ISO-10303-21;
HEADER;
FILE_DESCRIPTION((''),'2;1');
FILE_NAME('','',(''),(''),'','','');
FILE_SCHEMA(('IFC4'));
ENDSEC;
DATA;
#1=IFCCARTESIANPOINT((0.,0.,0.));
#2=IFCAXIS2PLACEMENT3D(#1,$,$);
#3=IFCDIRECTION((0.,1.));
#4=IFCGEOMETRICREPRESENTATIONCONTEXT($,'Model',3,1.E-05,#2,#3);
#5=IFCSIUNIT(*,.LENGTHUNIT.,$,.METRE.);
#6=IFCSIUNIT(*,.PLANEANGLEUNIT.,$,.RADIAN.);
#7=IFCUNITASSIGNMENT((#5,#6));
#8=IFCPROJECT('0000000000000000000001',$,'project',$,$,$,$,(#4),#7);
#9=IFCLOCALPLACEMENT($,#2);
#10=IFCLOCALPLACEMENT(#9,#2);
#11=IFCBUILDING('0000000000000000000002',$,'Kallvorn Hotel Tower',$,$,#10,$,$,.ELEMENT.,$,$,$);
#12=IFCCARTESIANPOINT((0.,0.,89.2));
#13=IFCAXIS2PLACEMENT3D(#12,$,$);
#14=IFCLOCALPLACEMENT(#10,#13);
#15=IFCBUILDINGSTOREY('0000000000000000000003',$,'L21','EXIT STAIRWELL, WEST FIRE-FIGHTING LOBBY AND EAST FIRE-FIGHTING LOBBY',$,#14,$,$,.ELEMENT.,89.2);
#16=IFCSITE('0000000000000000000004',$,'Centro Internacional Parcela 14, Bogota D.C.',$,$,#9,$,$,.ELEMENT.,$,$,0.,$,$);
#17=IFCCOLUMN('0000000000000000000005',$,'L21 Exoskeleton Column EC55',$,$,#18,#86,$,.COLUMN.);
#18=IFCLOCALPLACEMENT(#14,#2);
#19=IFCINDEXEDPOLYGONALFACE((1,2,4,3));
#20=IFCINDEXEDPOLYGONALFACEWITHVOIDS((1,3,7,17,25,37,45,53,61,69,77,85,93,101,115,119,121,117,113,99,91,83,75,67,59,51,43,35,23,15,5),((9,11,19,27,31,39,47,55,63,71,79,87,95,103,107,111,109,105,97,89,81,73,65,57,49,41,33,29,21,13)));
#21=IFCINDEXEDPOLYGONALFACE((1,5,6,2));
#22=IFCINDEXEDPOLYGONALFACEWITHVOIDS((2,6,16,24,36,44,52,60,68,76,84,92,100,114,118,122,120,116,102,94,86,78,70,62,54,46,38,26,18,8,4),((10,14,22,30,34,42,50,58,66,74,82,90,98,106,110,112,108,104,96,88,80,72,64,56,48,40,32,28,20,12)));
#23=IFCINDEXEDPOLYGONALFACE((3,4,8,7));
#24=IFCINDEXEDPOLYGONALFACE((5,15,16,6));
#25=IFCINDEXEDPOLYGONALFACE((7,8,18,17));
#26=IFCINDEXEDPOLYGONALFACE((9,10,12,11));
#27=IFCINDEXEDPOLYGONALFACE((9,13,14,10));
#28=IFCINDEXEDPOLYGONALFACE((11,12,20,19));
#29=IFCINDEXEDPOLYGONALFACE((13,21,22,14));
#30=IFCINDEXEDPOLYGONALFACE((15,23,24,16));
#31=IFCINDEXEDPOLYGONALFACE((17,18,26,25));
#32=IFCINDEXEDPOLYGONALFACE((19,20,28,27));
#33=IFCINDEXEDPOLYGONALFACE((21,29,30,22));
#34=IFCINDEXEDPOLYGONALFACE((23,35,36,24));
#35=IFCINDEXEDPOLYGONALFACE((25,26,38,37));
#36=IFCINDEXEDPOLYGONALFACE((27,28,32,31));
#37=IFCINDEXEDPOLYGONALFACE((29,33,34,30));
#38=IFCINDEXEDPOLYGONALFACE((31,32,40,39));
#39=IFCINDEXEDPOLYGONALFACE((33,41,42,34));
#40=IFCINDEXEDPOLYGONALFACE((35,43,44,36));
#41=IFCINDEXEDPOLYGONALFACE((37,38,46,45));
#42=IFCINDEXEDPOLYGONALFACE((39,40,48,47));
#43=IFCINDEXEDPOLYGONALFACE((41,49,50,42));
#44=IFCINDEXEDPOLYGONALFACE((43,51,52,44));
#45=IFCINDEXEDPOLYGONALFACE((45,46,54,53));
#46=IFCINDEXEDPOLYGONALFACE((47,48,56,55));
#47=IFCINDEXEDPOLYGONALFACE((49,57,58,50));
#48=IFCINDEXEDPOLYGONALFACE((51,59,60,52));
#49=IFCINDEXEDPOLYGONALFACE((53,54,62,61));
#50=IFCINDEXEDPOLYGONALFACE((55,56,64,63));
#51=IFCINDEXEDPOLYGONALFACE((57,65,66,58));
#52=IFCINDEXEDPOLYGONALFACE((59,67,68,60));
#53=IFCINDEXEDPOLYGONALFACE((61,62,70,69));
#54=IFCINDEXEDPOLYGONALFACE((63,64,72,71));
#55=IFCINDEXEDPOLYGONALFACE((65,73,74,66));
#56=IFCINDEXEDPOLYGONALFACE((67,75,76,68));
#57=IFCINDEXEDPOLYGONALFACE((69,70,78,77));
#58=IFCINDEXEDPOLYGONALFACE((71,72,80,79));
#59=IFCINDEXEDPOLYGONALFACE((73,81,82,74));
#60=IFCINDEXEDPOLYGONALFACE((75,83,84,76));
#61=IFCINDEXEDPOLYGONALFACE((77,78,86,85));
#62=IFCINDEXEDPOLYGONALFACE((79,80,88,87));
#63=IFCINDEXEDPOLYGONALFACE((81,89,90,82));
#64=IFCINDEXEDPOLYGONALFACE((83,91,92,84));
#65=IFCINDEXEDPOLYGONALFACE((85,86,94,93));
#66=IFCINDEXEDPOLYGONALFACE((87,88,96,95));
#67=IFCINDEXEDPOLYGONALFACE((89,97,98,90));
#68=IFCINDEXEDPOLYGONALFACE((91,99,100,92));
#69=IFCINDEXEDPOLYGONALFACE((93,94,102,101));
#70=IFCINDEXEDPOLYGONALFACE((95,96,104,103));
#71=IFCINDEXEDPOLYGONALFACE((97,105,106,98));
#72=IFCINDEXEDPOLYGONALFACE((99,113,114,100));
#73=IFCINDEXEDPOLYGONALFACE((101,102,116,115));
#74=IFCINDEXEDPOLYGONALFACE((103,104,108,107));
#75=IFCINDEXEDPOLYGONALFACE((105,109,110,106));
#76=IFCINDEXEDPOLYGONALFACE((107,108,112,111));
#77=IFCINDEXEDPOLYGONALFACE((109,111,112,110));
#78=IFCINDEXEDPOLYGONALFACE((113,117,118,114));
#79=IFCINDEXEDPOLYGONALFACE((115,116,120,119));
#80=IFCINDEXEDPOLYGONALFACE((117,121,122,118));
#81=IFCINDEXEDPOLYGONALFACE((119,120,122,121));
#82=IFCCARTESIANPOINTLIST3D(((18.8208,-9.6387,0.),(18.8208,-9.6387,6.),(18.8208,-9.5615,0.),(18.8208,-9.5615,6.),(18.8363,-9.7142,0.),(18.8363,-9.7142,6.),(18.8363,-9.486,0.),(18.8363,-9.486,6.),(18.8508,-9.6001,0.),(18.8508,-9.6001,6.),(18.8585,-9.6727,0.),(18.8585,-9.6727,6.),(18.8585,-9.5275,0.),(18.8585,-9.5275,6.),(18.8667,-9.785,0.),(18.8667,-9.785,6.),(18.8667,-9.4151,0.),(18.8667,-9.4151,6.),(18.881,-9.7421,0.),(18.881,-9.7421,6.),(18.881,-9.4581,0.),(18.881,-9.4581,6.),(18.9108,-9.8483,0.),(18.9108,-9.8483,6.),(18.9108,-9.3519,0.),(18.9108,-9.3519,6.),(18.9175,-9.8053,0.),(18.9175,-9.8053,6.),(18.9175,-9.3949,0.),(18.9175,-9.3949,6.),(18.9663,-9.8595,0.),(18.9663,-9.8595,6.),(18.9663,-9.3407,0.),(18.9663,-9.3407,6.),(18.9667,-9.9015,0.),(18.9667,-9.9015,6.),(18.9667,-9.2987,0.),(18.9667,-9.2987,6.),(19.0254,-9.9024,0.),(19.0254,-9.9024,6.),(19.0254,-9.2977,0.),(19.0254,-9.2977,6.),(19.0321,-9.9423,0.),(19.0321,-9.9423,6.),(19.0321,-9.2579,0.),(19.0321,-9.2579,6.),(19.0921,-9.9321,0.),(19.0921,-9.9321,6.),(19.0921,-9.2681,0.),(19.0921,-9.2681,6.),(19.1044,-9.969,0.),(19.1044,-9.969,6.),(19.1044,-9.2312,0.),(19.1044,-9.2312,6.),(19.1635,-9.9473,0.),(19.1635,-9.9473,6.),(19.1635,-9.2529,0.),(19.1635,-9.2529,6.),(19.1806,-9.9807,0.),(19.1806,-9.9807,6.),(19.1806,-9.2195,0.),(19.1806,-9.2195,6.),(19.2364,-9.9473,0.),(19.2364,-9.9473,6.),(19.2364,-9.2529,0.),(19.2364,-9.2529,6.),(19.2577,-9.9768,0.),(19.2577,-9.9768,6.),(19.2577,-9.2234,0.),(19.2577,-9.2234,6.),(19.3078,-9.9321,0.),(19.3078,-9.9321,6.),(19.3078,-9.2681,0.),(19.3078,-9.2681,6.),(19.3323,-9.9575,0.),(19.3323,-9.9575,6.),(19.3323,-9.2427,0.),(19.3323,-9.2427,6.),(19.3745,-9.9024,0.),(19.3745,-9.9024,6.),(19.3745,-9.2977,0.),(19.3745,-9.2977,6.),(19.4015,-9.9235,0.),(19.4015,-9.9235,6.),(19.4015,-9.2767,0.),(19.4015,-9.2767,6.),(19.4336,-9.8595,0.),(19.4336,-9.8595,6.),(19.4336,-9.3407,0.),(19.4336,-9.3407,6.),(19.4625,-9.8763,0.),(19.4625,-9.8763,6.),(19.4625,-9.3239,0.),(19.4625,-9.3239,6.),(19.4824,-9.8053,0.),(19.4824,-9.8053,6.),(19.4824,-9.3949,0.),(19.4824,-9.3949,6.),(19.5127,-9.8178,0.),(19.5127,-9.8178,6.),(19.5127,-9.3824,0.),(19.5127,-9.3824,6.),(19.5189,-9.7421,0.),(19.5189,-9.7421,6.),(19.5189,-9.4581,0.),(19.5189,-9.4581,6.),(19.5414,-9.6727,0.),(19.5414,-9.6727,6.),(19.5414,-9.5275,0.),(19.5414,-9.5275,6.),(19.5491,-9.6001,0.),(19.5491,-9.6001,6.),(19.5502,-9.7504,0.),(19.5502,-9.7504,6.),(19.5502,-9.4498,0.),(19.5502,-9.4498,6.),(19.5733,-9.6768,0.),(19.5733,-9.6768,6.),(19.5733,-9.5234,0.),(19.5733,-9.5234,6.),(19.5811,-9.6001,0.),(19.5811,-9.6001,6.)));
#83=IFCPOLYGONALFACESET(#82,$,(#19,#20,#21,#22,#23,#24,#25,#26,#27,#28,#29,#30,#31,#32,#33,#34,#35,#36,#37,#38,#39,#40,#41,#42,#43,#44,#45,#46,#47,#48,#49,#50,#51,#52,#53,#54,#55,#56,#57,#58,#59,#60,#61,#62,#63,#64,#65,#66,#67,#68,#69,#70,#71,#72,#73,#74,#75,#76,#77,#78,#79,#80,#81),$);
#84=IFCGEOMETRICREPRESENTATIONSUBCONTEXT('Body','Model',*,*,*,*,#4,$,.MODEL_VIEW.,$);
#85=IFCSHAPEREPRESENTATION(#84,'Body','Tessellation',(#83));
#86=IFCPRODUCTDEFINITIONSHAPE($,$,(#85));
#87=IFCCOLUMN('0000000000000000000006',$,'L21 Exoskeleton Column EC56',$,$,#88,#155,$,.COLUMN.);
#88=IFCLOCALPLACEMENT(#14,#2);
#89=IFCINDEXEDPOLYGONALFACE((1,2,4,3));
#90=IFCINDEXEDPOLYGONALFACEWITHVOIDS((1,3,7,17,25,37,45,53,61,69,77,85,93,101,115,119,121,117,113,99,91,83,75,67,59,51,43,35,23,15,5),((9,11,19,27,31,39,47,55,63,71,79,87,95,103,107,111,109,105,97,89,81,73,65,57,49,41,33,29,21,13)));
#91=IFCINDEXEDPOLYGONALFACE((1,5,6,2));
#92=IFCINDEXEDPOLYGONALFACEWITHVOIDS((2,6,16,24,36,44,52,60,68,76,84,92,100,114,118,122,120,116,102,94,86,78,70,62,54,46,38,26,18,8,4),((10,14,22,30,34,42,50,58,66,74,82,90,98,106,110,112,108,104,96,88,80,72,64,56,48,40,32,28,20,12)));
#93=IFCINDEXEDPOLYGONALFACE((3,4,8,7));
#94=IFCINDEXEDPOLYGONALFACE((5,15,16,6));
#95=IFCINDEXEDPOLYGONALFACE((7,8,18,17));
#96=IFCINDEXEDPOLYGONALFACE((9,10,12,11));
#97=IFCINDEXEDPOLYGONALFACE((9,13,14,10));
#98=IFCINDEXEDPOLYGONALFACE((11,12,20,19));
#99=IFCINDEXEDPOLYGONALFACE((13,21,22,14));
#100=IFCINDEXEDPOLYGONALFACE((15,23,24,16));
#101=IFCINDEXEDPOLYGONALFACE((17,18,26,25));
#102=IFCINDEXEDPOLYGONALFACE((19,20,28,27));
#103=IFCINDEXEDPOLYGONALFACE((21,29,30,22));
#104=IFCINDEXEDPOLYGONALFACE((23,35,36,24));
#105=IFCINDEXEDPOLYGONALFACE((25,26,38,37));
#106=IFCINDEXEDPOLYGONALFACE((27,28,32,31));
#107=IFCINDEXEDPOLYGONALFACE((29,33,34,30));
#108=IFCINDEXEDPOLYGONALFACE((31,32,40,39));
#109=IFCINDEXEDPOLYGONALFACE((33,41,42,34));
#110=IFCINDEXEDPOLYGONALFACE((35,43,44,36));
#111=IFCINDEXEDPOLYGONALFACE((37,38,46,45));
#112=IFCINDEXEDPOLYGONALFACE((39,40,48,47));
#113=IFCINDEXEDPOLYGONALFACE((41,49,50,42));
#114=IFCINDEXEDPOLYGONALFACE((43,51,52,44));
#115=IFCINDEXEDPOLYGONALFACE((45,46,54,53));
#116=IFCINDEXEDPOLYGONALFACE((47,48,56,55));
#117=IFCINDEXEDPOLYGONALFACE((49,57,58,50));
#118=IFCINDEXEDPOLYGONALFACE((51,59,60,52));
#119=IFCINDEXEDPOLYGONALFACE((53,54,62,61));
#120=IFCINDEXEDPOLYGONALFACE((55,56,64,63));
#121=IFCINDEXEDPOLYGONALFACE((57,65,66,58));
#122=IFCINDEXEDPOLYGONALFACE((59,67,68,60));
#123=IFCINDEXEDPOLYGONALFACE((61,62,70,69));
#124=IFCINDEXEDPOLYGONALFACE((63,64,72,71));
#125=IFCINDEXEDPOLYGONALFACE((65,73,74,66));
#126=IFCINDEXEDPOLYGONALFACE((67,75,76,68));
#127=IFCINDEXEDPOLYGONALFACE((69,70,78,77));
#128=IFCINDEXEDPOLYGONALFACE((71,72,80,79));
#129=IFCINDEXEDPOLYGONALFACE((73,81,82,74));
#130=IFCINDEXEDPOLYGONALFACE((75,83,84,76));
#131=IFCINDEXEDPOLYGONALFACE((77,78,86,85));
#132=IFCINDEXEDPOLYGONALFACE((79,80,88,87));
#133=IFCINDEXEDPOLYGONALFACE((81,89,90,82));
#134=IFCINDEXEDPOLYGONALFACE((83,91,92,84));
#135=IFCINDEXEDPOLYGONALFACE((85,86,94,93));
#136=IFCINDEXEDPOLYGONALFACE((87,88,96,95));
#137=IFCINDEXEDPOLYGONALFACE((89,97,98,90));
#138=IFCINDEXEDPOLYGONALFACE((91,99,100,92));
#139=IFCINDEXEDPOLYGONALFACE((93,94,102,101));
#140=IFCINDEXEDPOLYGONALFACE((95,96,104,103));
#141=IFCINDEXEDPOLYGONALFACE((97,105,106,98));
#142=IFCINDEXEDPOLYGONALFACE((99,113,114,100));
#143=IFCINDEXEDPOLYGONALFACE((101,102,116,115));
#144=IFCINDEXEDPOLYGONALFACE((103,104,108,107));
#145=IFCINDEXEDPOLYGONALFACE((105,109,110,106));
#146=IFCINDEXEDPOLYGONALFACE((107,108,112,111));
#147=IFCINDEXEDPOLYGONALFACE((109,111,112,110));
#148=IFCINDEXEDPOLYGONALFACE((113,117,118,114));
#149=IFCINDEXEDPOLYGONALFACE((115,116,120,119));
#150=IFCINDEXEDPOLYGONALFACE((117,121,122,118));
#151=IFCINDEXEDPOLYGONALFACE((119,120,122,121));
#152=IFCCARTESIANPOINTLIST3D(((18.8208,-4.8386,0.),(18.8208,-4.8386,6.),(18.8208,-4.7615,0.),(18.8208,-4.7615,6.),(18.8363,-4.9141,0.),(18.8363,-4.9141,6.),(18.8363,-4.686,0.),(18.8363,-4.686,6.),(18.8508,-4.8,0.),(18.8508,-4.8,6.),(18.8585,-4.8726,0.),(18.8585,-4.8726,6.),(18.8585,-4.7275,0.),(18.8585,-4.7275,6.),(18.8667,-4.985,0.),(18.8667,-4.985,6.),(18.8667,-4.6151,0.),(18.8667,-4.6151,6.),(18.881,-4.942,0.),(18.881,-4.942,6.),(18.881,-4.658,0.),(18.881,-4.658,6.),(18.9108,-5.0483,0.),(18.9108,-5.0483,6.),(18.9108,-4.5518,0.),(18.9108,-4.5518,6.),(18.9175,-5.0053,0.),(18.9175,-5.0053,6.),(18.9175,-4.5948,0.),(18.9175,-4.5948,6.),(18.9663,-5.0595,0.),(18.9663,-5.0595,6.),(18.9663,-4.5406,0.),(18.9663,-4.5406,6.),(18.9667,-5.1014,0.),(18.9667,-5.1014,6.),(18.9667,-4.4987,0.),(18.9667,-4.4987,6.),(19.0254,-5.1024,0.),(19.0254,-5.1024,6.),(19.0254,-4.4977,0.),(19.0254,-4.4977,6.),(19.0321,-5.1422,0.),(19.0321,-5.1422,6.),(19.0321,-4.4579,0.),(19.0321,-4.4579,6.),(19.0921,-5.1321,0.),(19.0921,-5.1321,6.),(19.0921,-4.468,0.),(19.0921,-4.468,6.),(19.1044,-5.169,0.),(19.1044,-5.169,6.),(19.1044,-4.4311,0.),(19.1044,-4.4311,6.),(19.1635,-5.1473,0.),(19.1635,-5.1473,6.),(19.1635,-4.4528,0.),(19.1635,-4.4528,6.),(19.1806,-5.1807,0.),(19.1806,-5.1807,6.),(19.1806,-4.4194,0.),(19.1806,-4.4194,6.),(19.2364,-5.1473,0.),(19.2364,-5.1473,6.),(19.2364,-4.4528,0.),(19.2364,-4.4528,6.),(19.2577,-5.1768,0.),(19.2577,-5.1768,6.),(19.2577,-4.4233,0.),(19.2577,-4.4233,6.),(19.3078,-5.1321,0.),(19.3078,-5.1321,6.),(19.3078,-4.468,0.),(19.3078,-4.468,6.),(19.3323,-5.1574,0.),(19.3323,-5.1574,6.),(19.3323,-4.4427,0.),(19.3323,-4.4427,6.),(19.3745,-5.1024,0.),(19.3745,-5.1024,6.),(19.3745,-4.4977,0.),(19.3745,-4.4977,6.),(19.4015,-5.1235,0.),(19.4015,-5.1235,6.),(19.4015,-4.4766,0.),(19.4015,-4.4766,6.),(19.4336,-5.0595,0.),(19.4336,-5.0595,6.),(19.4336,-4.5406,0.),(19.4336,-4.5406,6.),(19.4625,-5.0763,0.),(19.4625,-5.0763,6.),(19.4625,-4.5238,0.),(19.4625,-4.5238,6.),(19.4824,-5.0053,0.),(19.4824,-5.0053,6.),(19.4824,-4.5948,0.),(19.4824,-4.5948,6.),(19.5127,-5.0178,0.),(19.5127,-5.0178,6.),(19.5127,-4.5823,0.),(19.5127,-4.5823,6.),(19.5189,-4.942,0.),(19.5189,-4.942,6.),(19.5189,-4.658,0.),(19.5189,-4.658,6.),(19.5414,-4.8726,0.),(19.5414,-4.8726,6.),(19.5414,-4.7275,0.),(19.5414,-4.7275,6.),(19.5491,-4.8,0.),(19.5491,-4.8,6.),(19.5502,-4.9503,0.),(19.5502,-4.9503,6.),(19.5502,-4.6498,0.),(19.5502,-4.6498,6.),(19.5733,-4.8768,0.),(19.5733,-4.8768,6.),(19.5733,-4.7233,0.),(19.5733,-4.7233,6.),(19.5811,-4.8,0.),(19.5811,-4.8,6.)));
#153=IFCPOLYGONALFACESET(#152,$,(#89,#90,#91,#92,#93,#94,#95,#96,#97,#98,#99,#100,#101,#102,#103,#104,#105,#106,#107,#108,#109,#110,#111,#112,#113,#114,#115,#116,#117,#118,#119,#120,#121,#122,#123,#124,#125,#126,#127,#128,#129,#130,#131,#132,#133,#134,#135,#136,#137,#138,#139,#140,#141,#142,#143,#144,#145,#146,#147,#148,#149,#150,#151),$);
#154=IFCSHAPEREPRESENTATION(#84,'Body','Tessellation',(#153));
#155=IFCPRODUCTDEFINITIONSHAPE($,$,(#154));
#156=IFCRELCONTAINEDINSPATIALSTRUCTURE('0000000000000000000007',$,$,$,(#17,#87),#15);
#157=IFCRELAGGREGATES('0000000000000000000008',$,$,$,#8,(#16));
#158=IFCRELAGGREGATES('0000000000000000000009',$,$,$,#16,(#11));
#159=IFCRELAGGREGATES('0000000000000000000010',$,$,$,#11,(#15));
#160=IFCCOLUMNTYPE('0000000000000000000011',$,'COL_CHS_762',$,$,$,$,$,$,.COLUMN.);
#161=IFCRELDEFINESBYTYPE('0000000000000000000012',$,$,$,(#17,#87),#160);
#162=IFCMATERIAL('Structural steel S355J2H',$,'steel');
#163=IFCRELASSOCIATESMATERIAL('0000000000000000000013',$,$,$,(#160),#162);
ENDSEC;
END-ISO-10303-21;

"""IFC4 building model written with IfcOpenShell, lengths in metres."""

from ifc_helpers import new_model, si_unit, direction, frame, origin, origin_2d, place, context, subcontext, project, spatial, hollow_circle, extrude, material, material_profile, profile_set, type_object, element, save


model = new_model("IFC4")

# Units and contexts
model_context = context("Model", 3, precision=1e-05, world=origin(), true_north=direction((0.0, 1.0)))
body_context = subcontext(model_context, "Body", "Model", "MODEL_VIEW")
ifc_project = project(units=[si_unit("LENGTHUNIT", "METRE"), si_unit("PLANEANGLEUNIT", "RADIAN")], contexts=[model_context])

# Site, building, storey
site_placement = place(None, origin())
site = spatial("IfcSite", under=ifc_project, at=site_placement, Name="Centro Internacional Parcela 14, Bogota D.C.", CompositionType="ELEMENT", RefElevation=0.0)
building_placement = place(site_placement, origin())
building = spatial("IfcBuilding", under=site, at=building_placement, Name="Kallvorn Hotel Tower", CompositionType="ELEMENT")
storey_placement = place(building_placement, frame((0.0, 0.0, 89.2)))
storey = spatial("IfcBuildingStorey", under=building, at=storey_placement, Name="L21", Description="EXIT STAIRWELL, WEST FIRE-FIGHTING LOBBY AND EAST FIRE-FIGHTING LOBBY", CompositionType="ELEMENT", Elevation=89.2)

# Columns
ifc_material_1 = material(Name="Structural steel S355J2H", Category="steel")
ifc_material_profile_1 = material_profile(ifc_material_1, hollow_circle(Radius=0.3811, WallThickness=0.032, at=origin_2d()), Name="CHS 762x32")
ifc_profile_set_1 = profile_set([ifc_material_profile_1], Name="Structural steel S355J2H")
column_type_1 = type_object("IfcColumnType", Name="COL_CHS_762", PredefinedType="COLUMN", material=ifc_profile_set_1)
for number, where, z_axis, x_axis, name in (
    (1, (19.2, -9.6001, 0.0), (0.0, 0.0, 1.0), (1.0, 0.0, 0.0), "L21 Exoskeleton Column EC55"),
    (2, (19.2, -4.8, 0.0), (0.0, 0.0, 1.0), (1.0, 0.0, 0.0), "L21 Exoskeleton Column EC56"),
):
    element("IfcColumn", number, at=place(storey_placement, frame(where, z_axis=z_axis, x_axis=x_axis)), inside=storey, type_object=column_type_1, Name=name, PredefinedType="COLUMN", context=body_context, shape_type="SweptSolid", body=[
        extrude(hollow_circle(Radius=0.3811, WallThickness=0.032, at=origin_2d()), origin(), (0.0, 0.0, 1.0), 6.0),
    ])

save(model, "model.ifc")
